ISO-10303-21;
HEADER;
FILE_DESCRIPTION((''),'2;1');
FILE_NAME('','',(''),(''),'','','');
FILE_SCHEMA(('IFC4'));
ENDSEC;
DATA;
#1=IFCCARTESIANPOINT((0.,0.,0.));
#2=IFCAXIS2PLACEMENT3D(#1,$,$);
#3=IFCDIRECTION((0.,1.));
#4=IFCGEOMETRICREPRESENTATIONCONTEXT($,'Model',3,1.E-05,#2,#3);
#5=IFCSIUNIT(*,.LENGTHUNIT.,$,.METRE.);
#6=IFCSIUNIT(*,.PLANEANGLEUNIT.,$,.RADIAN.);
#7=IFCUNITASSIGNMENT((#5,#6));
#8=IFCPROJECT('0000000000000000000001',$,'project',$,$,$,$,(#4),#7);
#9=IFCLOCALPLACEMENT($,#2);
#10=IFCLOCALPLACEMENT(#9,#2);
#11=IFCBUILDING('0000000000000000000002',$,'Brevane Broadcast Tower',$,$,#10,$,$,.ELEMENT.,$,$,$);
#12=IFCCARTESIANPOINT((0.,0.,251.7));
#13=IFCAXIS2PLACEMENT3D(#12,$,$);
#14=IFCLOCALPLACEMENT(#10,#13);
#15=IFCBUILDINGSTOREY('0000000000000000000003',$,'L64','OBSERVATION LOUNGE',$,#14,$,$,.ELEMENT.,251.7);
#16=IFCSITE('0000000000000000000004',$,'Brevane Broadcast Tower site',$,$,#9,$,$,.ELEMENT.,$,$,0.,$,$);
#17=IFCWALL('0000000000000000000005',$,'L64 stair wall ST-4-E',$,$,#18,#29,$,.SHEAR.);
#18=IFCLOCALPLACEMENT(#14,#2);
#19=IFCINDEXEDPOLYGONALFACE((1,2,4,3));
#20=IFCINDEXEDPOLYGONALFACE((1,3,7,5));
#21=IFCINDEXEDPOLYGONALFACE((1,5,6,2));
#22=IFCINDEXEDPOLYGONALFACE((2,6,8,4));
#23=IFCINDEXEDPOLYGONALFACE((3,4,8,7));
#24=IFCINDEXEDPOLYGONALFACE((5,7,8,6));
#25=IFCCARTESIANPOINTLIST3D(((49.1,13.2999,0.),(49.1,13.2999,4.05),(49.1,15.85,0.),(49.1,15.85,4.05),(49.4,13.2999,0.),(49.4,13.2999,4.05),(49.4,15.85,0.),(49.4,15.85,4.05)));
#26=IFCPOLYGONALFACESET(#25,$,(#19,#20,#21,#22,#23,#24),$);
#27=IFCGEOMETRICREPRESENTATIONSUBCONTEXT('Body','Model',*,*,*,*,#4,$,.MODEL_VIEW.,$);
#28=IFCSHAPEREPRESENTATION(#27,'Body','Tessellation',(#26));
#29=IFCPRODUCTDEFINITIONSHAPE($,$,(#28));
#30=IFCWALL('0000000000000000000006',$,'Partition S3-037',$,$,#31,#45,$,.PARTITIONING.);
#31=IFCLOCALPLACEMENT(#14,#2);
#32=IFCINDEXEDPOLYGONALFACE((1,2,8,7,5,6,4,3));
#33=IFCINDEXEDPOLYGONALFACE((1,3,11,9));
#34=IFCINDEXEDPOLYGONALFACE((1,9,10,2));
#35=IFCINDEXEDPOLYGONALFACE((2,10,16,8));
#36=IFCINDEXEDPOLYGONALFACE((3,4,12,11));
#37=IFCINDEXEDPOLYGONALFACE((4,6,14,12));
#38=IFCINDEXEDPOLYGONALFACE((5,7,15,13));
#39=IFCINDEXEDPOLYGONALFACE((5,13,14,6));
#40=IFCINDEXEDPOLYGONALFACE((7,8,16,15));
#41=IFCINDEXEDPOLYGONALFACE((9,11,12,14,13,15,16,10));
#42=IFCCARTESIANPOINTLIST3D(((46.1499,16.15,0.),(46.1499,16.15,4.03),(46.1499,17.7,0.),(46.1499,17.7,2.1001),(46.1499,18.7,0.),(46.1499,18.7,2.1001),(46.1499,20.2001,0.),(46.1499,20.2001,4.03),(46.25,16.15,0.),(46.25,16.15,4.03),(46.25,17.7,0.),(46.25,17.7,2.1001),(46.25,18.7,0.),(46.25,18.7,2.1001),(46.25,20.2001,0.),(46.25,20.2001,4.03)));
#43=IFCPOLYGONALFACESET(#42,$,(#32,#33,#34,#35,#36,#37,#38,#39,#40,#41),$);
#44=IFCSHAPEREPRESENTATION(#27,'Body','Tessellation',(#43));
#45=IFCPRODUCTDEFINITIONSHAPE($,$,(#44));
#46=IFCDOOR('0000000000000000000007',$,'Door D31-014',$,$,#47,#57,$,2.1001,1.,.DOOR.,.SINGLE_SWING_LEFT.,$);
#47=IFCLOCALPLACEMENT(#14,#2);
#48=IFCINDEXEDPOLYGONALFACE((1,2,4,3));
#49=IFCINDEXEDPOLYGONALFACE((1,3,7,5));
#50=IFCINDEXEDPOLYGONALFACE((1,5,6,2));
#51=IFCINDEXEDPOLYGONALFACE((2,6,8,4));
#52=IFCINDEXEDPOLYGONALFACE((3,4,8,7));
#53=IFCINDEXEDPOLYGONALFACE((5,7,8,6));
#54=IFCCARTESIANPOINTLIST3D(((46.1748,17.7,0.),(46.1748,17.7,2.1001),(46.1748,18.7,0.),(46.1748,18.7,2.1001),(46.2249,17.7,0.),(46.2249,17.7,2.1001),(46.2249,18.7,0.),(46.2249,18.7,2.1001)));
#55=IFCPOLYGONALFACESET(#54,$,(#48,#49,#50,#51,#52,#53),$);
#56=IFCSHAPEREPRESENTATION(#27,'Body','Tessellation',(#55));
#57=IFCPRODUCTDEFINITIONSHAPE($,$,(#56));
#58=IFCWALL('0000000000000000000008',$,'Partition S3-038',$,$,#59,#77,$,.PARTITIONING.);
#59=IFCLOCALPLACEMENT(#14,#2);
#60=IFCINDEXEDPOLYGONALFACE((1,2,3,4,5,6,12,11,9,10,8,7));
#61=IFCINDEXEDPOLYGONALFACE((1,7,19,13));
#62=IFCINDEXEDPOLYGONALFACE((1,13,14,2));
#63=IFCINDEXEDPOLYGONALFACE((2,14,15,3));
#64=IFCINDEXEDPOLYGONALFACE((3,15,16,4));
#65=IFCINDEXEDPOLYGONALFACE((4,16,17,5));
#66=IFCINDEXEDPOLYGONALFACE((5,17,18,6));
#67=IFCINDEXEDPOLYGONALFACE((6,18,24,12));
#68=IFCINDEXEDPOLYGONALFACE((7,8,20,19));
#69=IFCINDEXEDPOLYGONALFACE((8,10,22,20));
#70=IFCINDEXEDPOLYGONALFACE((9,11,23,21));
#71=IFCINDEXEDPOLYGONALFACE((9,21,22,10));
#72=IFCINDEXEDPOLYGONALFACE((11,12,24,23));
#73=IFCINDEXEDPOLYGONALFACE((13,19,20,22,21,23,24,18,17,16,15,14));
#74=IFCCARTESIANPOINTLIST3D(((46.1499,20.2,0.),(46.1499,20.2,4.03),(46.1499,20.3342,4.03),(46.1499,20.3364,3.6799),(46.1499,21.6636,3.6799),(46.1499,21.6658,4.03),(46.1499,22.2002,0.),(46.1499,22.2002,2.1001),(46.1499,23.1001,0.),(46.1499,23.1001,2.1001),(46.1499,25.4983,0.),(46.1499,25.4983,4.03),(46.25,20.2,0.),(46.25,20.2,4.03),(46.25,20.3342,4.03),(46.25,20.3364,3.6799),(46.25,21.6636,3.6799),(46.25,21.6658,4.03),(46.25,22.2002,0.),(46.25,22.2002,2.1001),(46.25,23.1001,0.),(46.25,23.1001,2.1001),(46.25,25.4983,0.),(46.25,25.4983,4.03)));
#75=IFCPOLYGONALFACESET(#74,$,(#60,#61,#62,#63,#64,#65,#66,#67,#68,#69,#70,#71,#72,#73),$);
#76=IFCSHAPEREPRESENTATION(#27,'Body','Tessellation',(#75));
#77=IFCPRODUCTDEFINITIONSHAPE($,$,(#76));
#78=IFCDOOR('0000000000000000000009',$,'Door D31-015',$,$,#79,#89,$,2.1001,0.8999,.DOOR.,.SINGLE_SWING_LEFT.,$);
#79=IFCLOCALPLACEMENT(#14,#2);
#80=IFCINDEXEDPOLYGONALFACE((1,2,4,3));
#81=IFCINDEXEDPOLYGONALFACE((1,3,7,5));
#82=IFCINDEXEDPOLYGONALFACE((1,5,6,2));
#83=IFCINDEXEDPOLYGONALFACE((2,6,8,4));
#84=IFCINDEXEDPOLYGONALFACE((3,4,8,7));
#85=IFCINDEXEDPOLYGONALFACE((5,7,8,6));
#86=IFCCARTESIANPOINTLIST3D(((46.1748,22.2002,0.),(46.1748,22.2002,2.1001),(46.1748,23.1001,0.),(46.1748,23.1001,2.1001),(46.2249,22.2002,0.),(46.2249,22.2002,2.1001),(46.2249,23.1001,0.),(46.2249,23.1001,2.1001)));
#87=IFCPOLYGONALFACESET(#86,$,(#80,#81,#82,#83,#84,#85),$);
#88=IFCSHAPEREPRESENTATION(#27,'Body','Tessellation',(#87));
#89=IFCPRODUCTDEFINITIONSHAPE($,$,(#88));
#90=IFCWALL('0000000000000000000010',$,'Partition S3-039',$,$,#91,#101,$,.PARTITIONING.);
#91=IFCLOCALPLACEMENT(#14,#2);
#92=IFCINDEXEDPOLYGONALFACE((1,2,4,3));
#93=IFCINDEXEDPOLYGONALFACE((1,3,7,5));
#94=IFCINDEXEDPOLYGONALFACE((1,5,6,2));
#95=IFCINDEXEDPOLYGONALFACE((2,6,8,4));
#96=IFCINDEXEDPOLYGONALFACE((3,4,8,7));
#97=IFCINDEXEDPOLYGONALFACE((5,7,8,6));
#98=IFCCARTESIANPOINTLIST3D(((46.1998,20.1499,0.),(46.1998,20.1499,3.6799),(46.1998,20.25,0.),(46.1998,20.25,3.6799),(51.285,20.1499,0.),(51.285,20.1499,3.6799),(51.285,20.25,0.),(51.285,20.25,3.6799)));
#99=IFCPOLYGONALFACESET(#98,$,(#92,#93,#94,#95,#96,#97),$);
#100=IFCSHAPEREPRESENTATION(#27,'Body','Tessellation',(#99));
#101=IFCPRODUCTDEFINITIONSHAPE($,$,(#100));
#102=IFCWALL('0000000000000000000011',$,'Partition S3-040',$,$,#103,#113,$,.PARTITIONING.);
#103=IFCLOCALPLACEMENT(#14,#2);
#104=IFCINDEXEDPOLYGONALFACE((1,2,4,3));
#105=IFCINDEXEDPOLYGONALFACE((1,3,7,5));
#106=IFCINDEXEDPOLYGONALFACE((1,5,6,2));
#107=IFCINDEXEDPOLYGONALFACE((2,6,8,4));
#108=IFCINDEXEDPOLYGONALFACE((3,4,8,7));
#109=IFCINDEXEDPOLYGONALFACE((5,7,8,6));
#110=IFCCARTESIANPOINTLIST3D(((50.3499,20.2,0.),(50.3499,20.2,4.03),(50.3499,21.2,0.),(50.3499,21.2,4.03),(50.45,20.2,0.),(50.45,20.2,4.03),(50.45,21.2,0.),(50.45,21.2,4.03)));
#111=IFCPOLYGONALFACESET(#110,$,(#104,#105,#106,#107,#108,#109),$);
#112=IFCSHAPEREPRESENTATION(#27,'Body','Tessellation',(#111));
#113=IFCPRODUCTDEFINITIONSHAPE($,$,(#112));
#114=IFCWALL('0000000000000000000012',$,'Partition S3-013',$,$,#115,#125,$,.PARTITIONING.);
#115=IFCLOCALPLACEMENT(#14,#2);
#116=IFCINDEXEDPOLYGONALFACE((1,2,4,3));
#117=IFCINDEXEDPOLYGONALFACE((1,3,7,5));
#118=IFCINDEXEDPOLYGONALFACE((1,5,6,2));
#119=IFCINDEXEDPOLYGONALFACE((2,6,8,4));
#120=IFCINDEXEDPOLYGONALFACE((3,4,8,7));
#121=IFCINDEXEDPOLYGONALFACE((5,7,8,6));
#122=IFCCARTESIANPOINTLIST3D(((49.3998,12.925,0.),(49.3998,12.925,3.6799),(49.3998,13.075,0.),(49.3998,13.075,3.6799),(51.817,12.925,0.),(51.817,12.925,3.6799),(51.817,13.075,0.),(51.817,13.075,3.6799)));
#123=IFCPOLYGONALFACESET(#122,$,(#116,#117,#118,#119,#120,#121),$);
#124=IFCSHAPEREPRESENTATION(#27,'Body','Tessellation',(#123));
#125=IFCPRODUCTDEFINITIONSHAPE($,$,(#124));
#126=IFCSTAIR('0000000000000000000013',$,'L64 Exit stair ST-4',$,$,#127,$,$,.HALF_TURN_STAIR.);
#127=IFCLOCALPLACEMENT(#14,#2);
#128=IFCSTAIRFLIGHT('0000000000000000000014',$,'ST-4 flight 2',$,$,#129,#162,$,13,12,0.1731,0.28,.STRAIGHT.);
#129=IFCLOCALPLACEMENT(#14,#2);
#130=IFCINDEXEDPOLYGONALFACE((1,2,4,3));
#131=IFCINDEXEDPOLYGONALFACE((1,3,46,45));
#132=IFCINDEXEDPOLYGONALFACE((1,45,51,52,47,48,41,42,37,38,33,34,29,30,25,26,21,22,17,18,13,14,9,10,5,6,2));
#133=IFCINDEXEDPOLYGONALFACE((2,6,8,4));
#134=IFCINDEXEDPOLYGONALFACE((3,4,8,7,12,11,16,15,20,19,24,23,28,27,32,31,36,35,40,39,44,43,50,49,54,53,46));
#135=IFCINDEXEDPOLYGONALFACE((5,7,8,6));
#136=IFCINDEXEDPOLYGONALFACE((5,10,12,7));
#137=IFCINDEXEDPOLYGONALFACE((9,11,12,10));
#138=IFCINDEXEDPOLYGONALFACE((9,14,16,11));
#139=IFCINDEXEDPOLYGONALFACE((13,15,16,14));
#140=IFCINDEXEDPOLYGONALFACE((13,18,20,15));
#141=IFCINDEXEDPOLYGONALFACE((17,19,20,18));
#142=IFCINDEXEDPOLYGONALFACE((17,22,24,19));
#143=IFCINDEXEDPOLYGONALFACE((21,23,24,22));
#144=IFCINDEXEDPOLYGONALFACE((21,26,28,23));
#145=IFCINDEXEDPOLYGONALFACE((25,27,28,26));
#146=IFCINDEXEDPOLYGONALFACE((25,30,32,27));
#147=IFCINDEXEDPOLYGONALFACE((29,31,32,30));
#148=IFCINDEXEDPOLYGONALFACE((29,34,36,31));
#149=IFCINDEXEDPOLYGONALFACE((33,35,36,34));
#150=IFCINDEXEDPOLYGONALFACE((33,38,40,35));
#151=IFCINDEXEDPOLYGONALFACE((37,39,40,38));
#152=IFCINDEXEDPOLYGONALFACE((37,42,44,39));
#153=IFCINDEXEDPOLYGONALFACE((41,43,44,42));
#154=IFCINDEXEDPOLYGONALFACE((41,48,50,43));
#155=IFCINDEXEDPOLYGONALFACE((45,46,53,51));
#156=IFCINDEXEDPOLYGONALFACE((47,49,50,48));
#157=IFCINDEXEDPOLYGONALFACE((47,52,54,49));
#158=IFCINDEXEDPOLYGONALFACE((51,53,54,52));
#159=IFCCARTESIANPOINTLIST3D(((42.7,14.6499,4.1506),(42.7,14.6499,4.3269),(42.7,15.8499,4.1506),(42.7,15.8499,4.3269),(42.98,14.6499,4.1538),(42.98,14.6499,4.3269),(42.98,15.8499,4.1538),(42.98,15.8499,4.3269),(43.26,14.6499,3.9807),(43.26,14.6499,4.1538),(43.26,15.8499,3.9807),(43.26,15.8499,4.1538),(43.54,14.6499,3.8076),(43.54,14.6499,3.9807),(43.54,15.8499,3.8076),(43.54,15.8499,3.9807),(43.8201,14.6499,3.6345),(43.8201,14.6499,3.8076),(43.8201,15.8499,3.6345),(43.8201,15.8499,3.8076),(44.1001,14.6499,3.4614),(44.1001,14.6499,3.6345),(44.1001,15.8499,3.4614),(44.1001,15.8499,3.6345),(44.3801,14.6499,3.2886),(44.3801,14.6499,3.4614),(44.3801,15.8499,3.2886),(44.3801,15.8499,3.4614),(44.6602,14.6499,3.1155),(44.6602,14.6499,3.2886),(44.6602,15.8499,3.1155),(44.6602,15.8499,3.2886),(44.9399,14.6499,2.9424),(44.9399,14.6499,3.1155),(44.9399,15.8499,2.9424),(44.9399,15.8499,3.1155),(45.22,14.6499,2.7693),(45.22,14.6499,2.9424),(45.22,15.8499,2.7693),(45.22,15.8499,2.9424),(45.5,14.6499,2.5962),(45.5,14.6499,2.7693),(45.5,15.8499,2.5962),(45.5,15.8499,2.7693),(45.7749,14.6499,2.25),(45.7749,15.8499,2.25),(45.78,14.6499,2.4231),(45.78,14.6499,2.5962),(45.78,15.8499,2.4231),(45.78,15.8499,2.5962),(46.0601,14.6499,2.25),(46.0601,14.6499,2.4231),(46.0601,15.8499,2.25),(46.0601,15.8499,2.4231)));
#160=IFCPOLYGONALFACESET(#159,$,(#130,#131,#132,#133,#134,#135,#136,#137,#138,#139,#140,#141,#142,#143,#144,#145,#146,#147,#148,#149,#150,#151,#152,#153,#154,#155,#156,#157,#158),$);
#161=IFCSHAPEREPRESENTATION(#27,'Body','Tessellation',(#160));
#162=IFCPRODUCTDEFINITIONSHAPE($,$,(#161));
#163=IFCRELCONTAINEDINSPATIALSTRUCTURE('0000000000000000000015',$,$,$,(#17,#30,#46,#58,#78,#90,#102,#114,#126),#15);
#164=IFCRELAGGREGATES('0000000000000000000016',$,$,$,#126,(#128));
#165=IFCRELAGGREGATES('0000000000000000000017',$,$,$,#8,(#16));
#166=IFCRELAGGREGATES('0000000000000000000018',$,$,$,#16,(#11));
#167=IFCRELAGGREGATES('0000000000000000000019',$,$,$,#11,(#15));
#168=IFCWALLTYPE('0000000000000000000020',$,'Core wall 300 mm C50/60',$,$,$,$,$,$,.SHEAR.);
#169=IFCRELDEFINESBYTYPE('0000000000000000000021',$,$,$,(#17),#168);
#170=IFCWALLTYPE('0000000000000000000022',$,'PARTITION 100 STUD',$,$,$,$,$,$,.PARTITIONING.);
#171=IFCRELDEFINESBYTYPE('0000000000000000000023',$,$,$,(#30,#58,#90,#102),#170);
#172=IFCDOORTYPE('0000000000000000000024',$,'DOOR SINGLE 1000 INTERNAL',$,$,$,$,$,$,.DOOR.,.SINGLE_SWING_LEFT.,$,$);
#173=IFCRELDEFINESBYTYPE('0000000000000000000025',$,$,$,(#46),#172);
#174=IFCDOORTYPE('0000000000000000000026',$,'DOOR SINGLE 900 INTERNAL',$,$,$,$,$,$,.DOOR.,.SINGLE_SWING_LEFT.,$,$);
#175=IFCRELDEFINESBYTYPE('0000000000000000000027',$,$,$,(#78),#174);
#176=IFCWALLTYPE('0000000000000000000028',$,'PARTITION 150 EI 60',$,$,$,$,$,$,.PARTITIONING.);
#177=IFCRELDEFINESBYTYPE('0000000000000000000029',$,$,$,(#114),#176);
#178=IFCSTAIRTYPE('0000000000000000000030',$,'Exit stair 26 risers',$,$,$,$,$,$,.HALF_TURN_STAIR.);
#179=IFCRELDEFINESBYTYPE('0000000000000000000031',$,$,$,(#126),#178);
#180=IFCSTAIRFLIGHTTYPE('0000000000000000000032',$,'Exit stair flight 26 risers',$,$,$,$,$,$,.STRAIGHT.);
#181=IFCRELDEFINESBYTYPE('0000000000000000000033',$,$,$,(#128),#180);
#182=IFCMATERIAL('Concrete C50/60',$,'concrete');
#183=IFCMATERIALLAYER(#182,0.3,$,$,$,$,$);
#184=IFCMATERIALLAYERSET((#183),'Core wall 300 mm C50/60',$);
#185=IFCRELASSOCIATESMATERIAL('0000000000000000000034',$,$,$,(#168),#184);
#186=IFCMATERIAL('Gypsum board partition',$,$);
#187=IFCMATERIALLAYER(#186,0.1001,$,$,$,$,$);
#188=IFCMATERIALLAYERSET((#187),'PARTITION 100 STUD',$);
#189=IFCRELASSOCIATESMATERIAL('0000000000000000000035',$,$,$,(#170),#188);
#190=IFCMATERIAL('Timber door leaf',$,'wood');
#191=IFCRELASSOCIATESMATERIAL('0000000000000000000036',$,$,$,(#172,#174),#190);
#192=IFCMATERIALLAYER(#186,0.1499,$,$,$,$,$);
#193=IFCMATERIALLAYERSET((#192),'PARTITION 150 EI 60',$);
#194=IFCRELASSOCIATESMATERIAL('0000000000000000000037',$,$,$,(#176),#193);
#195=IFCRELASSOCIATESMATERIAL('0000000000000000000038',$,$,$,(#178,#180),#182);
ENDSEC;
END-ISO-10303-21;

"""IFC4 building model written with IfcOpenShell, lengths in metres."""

from ifc_helpers import new_model, si_unit, direction, frame, frame_2d, origin, place, context, subcontext, project, spatial, polyline, rectangle, outline, extrude, material, layer, layer_set, type_object, element, fill, aggregate, save


model = new_model("IFC4")

# Units and contexts
model_context = context("Model", 3, precision=1e-05, world=origin(), true_north=direction((0.0, 1.0)))
body_context = subcontext(model_context, "Body", "Model", "MODEL_VIEW")
ifc_project = project(units=[si_unit("LENGTHUNIT", "METRE"), si_unit("PLANEANGLEUNIT", "RADIAN")], contexts=[model_context])

# Site, building, storey
site_placement = place(None, origin())
site = spatial("IfcSite", under=ifc_project, at=site_placement, Name="Brevane Broadcast Tower site", CompositionType="ELEMENT", RefElevation=0.0)
building_placement = place(site_placement, origin())
building = spatial("IfcBuilding", under=site, at=building_placement, Name="Brevane Broadcast Tower", CompositionType="ELEMENT")
storey_placement = place(building_placement, frame((0.0, 0.0, 251.7)))
storey = spatial("IfcBuildingStorey", under=building, at=storey_placement, Name="L64", Description="OBSERVATION LOUNGE", CompositionType="ELEMENT", Elevation=251.7)

# Shared definitions
ifc_material_1 = material(Name="Concrete C50/60", Category="concrete")

# Shared definitions
ifc_layer_1 = layer(ifc_material_1, 0.3)
ifc_layer_set_1 = layer_set([ifc_layer_1], Name="Core wall 300 mm C50/60")
wall_type_1 = type_object("IfcWallType", Name="Core wall 300 mm C50/60", PredefinedType="SHEAR", material=ifc_layer_set_1)

# Wall
wall_1_placement = place(storey_placement, frame((49.25, 13.3, 0.0), z_axis=(0.0, 0.0, 1.0), x_axis=(0.0, 1.0, 0.0)))
element("IfcWall", 1, at=wall_1_placement, inside=storey, type_object=wall_type_1, Name="L64 stair wall ST-4-E", PredefinedType="SHEAR", context=body_context, shape_type="SweptSolid", body=[
    extrude(rectangle(XDim=2.55, YDim=0.3, at=frame_2d((1.2749, 0.0))), origin(), (0.0, 0.0, 1.0), 4.05),
])

# Walls, openings, doors
ifc_material_2 = material(Name="Gypsum board partition")
ifc_layer_2 = layer(ifc_material_2, 0.1001)
ifc_layer_set_2 = layer_set([ifc_layer_2], Name="PARTITION 100 STUD")
wall_type_2 = type_object("IfcWallType", Name="PARTITION 100 STUD", PredefinedType="PARTITIONING", material=ifc_layer_set_2)
wall_2_placement = place(storey_placement, frame((46.2, 20.2, 0.0), z_axis=(0.0, 0.0, 1.0), x_axis=(0.0, -1.0, 0.0)))
wall_2 = element("IfcWall", 2, at=wall_2_placement, inside=storey, type_object=wall_type_2, Name="Partition S3-037", PredefinedType="PARTITIONING", context=body_context, shape_type="SweptSolid", body=[
    extrude(rectangle(XDim=4.05, YDim=0.1001, at=frame_2d((2.0249, 0.0))), origin(), (0.0, 0.0, 1.0), 4.03),
])
opening_1_placement = place(wall_2_placement, frame((1.5, 0.0, 0.0)))
opening_1 = element("IfcOpeningElement", 3, at=opening_1_placement, cuts=wall_2, PredefinedType="OPENING", context=body_context, shape_type="SweptSolid", body=[
    extrude(rectangle(XDim=1.0, YDim=2.1001, at=frame_2d((0.5, 1.05))), frame((0.0, 0.0601, 0.0), z_axis=(0.0, -1.0, 0.0), x_axis=(1.0, 0.0, 0.0)), (0.0, 0.0, 1.0), 0.1201),
])
ifc_material_3 = material(Name="Timber door leaf", Category="wood")
door_type_1 = type_object("IfcDoorType", Name="DOOR SINGLE 1000 INTERNAL", OperationType="SINGLE_SWING_LEFT", PredefinedType="DOOR", material=ifc_material_3)
door_1_placement = place(opening_1_placement, origin())
door_1 = element("IfcDoor", 4, at=door_1_placement, inside=storey, type_object=door_type_1, Name="Door D31-014", OperationType="SINGLE_SWING_LEFT", OverallHeight=2.1001, OverallWidth=1.0, PredefinedType="DOOR", context=body_context, shape_type="SweptSolid", body=[
    extrude(rectangle(XDim=1.0, YDim=2.1001, at=frame_2d((0.5, 1.05))), frame((0.0, 0.0249, 0.0), z_axis=(0.0, -1.0, 0.0), x_axis=(1.0, 0.0, 0.0)), (0.0, 0.0, 1.0), 0.05),
])
fill(opening_1, door_1)
wall_3_placement = place(storey_placement, frame((46.2, 25.4983, 0.0), z_axis=(0.0, 0.0, 1.0), x_axis=(0.0, -1.0, 0.0)))
wall_3 = element("IfcWall", 5, at=wall_3_placement, inside=storey, type_object=wall_type_2, Name="Partition S3-038", PredefinedType="PARTITIONING", context=body_context, shape_type="SweptSolid", body=[
    extrude(outline(polyline([(0.0, 0.0), (5.2983, 0.0), (5.2983, 4.03), (5.1641, 4.03), (5.1619, 3.6799), (3.8347, 3.6799), (3.8325, 4.03), (0.0984, 4.03), (0.0, 4.03), (0.0, 0.0)])), frame((0.0, 0.05, 0.0), z_axis=(0.0, -1.0, 0.0), x_axis=(1.0, 0.0, 0.0)), (0.0, 0.0, 1.0), 0.1001),
])
opening_2_placement = place(wall_3_placement, frame((2.3982, 0.0, 0.0)))
opening_2 = element("IfcOpeningElement", 6, at=opening_2_placement, cuts=wall_3, PredefinedType="OPENING", context=body_context, shape_type="SweptSolid", body=[
    extrude(rectangle(XDim=0.8999, YDim=2.1001, at=frame_2d((0.45, 1.05))), frame((0.0, 0.0601, 0.0), z_axis=(0.0, -1.0, 0.0), x_axis=(1.0, 0.0, 0.0)), (0.0, 0.0, 1.0), 0.1201),
])
door_type_2 = type_object("IfcDoorType", Name="DOOR SINGLE 900 INTERNAL", OperationType="SINGLE_SWING_LEFT", PredefinedType="DOOR", material=ifc_material_3)
door_2_placement = place(opening_2_placement, origin())
door_2 = element("IfcDoor", 7, at=door_2_placement, inside=storey, type_object=door_type_2, Name="Door D31-015", OperationType="SINGLE_SWING_LEFT", OverallHeight=2.1001, OverallWidth=0.8999, PredefinedType="DOOR", context=body_context, shape_type="SweptSolid", body=[
    extrude(rectangle(XDim=0.8999, YDim=2.1001, at=frame_2d((0.45, 1.05))), frame((0.0, 0.0249, 0.0), z_axis=(0.0, -1.0, 0.0), x_axis=(1.0, 0.0, 0.0)), (0.0, 0.0, 1.0), 0.05),
])
fill(opening_2, door_2)

# Walls
wall_4_placement = place(storey_placement, frame((46.2, 20.2, 0.0), z_axis=(0.0, 0.0, 1.0), x_axis=(1.0, 0.0, 0.0)))
element("IfcWall", 8, at=wall_4_placement, inside=storey, type_object=wall_type_2, Name="Partition S3-039", PredefinedType="PARTITIONING", context=body_context, shape_type="SweptSolid", body=[
    extrude(rectangle(XDim=5.0852, YDim=0.1001, at=frame_2d((2.5425, 0.0))), origin(), (0.0, 0.0, 1.0), 3.6799),
])
wall_5_placement = place(storey_placement, frame((50.3999, 20.2, 0.0), z_axis=(0.0, 0.0, 1.0), x_axis=(0.0, 1.0, 0.0)))
element("IfcWall", 9, at=wall_5_placement, inside=storey, type_object=wall_type_2, Name="Partition S3-040", PredefinedType="PARTITIONING", context=body_context, shape_type="SweptSolid", body=[
    extrude(rectangle(XDim=1.0, YDim=0.1001, at=frame_2d((0.5, 0.0))), origin(), (0.0, 0.0, 1.0), 4.03),
])
ifc_layer_3 = layer(ifc_material_2, 0.1499)
ifc_layer_set_3 = layer_set([ifc_layer_3], Name="PARTITION 150 EI 60")
wall_type_3 = type_object("IfcWallType", Name="PARTITION 150 EI 60", PredefinedType="PARTITIONING", material=ifc_layer_set_3)
wall_6_placement = place(storey_placement, frame((49.3999, 13.0, 0.0), z_axis=(0.0, 0.0, 1.0), x_axis=(1.0, 0.0, 0.0)))
element("IfcWall", 10, at=wall_6_placement, inside=storey, type_object=wall_type_3, Name="Partition S3-013", PredefinedType="PARTITIONING", context=body_context, shape_type="SweptSolid", body=[
    extrude(rectangle(XDim=2.4172, YDim=0.1499, at=frame_2d((1.2085, 0.0))), origin(), (0.0, 0.0, 1.0), 3.6799),
])

# Stair, stair flight
stair_type = type_object("IfcStairType", Name="Exit stair 26 risers", PredefinedType="HALF_TURN_STAIR", material=ifc_material_1)
stair_placement = place(storey_placement, origin())
stair = element("IfcStair", 11, at=stair_placement, inside=storey, type_object=stair_type, Name="L64 Exit stair ST-4", PredefinedType="HALF_TURN_STAIR")
stair_flight_type = type_object("IfcStairFlightType", Name="Exit stair flight 26 risers", PredefinedType="STRAIGHT", material=ifc_material_1)
stair_flight_placement = place(storey_placement, frame((46.0601, 15.25, 2.25), z_axis=(0.0, 0.0, 1.0), x_axis=(-1.0, 0.0, 0.0)))
stair_flight = element("IfcStairFlight", 12, at=stair_flight_placement, type_object=stair_flight_type, Name="ST-4 flight 2", NumberOfRisers=13, NumberOfTreads=12, PredefinedType="STRAIGHT", RiserHeight=0.1731, TreadLength=0.28, context=body_context, shape_type="SweptSolid", body=[
    extrude(outline(polyline([(0.0, 0.0), (0.0, 0.1731), (0.28, 0.1731), (0.28, 0.3462), (0.5601, 0.3462), (0.5601, 0.5193), (0.8401, 0.5193), (0.8401, 0.6924), (1.1201, 0.6924), (1.1201, 0.8655), (1.3999, 0.8655), (1.3999, 1.0386), (1.6799, 1.0386), (1.6799, 1.2114), (1.96, 1.2114), (1.96, 1.3845), (2.24, 1.3845), (2.24, 1.5576), (2.52, 1.5576), (2.52, 1.7307), (2.8, 1.7307), (2.8, 1.9038), (3.0801, 1.9038), (3.0801, 2.0769), (3.3601, 2.0769), (3.3601, 2.25), (3.3601, 1.9006), (0.2852, 0.0), (0.0, 0.0)])), frame((0.0, 0.6001, 0.0), z_axis=(0.0, -1.0, 0.0), x_axis=(1.0, 0.0, 0.0)), (0.0, 0.0, 1.0), 1.2),
])
aggregate(stair, [stair_flight])

save(model, "model.ifc")
